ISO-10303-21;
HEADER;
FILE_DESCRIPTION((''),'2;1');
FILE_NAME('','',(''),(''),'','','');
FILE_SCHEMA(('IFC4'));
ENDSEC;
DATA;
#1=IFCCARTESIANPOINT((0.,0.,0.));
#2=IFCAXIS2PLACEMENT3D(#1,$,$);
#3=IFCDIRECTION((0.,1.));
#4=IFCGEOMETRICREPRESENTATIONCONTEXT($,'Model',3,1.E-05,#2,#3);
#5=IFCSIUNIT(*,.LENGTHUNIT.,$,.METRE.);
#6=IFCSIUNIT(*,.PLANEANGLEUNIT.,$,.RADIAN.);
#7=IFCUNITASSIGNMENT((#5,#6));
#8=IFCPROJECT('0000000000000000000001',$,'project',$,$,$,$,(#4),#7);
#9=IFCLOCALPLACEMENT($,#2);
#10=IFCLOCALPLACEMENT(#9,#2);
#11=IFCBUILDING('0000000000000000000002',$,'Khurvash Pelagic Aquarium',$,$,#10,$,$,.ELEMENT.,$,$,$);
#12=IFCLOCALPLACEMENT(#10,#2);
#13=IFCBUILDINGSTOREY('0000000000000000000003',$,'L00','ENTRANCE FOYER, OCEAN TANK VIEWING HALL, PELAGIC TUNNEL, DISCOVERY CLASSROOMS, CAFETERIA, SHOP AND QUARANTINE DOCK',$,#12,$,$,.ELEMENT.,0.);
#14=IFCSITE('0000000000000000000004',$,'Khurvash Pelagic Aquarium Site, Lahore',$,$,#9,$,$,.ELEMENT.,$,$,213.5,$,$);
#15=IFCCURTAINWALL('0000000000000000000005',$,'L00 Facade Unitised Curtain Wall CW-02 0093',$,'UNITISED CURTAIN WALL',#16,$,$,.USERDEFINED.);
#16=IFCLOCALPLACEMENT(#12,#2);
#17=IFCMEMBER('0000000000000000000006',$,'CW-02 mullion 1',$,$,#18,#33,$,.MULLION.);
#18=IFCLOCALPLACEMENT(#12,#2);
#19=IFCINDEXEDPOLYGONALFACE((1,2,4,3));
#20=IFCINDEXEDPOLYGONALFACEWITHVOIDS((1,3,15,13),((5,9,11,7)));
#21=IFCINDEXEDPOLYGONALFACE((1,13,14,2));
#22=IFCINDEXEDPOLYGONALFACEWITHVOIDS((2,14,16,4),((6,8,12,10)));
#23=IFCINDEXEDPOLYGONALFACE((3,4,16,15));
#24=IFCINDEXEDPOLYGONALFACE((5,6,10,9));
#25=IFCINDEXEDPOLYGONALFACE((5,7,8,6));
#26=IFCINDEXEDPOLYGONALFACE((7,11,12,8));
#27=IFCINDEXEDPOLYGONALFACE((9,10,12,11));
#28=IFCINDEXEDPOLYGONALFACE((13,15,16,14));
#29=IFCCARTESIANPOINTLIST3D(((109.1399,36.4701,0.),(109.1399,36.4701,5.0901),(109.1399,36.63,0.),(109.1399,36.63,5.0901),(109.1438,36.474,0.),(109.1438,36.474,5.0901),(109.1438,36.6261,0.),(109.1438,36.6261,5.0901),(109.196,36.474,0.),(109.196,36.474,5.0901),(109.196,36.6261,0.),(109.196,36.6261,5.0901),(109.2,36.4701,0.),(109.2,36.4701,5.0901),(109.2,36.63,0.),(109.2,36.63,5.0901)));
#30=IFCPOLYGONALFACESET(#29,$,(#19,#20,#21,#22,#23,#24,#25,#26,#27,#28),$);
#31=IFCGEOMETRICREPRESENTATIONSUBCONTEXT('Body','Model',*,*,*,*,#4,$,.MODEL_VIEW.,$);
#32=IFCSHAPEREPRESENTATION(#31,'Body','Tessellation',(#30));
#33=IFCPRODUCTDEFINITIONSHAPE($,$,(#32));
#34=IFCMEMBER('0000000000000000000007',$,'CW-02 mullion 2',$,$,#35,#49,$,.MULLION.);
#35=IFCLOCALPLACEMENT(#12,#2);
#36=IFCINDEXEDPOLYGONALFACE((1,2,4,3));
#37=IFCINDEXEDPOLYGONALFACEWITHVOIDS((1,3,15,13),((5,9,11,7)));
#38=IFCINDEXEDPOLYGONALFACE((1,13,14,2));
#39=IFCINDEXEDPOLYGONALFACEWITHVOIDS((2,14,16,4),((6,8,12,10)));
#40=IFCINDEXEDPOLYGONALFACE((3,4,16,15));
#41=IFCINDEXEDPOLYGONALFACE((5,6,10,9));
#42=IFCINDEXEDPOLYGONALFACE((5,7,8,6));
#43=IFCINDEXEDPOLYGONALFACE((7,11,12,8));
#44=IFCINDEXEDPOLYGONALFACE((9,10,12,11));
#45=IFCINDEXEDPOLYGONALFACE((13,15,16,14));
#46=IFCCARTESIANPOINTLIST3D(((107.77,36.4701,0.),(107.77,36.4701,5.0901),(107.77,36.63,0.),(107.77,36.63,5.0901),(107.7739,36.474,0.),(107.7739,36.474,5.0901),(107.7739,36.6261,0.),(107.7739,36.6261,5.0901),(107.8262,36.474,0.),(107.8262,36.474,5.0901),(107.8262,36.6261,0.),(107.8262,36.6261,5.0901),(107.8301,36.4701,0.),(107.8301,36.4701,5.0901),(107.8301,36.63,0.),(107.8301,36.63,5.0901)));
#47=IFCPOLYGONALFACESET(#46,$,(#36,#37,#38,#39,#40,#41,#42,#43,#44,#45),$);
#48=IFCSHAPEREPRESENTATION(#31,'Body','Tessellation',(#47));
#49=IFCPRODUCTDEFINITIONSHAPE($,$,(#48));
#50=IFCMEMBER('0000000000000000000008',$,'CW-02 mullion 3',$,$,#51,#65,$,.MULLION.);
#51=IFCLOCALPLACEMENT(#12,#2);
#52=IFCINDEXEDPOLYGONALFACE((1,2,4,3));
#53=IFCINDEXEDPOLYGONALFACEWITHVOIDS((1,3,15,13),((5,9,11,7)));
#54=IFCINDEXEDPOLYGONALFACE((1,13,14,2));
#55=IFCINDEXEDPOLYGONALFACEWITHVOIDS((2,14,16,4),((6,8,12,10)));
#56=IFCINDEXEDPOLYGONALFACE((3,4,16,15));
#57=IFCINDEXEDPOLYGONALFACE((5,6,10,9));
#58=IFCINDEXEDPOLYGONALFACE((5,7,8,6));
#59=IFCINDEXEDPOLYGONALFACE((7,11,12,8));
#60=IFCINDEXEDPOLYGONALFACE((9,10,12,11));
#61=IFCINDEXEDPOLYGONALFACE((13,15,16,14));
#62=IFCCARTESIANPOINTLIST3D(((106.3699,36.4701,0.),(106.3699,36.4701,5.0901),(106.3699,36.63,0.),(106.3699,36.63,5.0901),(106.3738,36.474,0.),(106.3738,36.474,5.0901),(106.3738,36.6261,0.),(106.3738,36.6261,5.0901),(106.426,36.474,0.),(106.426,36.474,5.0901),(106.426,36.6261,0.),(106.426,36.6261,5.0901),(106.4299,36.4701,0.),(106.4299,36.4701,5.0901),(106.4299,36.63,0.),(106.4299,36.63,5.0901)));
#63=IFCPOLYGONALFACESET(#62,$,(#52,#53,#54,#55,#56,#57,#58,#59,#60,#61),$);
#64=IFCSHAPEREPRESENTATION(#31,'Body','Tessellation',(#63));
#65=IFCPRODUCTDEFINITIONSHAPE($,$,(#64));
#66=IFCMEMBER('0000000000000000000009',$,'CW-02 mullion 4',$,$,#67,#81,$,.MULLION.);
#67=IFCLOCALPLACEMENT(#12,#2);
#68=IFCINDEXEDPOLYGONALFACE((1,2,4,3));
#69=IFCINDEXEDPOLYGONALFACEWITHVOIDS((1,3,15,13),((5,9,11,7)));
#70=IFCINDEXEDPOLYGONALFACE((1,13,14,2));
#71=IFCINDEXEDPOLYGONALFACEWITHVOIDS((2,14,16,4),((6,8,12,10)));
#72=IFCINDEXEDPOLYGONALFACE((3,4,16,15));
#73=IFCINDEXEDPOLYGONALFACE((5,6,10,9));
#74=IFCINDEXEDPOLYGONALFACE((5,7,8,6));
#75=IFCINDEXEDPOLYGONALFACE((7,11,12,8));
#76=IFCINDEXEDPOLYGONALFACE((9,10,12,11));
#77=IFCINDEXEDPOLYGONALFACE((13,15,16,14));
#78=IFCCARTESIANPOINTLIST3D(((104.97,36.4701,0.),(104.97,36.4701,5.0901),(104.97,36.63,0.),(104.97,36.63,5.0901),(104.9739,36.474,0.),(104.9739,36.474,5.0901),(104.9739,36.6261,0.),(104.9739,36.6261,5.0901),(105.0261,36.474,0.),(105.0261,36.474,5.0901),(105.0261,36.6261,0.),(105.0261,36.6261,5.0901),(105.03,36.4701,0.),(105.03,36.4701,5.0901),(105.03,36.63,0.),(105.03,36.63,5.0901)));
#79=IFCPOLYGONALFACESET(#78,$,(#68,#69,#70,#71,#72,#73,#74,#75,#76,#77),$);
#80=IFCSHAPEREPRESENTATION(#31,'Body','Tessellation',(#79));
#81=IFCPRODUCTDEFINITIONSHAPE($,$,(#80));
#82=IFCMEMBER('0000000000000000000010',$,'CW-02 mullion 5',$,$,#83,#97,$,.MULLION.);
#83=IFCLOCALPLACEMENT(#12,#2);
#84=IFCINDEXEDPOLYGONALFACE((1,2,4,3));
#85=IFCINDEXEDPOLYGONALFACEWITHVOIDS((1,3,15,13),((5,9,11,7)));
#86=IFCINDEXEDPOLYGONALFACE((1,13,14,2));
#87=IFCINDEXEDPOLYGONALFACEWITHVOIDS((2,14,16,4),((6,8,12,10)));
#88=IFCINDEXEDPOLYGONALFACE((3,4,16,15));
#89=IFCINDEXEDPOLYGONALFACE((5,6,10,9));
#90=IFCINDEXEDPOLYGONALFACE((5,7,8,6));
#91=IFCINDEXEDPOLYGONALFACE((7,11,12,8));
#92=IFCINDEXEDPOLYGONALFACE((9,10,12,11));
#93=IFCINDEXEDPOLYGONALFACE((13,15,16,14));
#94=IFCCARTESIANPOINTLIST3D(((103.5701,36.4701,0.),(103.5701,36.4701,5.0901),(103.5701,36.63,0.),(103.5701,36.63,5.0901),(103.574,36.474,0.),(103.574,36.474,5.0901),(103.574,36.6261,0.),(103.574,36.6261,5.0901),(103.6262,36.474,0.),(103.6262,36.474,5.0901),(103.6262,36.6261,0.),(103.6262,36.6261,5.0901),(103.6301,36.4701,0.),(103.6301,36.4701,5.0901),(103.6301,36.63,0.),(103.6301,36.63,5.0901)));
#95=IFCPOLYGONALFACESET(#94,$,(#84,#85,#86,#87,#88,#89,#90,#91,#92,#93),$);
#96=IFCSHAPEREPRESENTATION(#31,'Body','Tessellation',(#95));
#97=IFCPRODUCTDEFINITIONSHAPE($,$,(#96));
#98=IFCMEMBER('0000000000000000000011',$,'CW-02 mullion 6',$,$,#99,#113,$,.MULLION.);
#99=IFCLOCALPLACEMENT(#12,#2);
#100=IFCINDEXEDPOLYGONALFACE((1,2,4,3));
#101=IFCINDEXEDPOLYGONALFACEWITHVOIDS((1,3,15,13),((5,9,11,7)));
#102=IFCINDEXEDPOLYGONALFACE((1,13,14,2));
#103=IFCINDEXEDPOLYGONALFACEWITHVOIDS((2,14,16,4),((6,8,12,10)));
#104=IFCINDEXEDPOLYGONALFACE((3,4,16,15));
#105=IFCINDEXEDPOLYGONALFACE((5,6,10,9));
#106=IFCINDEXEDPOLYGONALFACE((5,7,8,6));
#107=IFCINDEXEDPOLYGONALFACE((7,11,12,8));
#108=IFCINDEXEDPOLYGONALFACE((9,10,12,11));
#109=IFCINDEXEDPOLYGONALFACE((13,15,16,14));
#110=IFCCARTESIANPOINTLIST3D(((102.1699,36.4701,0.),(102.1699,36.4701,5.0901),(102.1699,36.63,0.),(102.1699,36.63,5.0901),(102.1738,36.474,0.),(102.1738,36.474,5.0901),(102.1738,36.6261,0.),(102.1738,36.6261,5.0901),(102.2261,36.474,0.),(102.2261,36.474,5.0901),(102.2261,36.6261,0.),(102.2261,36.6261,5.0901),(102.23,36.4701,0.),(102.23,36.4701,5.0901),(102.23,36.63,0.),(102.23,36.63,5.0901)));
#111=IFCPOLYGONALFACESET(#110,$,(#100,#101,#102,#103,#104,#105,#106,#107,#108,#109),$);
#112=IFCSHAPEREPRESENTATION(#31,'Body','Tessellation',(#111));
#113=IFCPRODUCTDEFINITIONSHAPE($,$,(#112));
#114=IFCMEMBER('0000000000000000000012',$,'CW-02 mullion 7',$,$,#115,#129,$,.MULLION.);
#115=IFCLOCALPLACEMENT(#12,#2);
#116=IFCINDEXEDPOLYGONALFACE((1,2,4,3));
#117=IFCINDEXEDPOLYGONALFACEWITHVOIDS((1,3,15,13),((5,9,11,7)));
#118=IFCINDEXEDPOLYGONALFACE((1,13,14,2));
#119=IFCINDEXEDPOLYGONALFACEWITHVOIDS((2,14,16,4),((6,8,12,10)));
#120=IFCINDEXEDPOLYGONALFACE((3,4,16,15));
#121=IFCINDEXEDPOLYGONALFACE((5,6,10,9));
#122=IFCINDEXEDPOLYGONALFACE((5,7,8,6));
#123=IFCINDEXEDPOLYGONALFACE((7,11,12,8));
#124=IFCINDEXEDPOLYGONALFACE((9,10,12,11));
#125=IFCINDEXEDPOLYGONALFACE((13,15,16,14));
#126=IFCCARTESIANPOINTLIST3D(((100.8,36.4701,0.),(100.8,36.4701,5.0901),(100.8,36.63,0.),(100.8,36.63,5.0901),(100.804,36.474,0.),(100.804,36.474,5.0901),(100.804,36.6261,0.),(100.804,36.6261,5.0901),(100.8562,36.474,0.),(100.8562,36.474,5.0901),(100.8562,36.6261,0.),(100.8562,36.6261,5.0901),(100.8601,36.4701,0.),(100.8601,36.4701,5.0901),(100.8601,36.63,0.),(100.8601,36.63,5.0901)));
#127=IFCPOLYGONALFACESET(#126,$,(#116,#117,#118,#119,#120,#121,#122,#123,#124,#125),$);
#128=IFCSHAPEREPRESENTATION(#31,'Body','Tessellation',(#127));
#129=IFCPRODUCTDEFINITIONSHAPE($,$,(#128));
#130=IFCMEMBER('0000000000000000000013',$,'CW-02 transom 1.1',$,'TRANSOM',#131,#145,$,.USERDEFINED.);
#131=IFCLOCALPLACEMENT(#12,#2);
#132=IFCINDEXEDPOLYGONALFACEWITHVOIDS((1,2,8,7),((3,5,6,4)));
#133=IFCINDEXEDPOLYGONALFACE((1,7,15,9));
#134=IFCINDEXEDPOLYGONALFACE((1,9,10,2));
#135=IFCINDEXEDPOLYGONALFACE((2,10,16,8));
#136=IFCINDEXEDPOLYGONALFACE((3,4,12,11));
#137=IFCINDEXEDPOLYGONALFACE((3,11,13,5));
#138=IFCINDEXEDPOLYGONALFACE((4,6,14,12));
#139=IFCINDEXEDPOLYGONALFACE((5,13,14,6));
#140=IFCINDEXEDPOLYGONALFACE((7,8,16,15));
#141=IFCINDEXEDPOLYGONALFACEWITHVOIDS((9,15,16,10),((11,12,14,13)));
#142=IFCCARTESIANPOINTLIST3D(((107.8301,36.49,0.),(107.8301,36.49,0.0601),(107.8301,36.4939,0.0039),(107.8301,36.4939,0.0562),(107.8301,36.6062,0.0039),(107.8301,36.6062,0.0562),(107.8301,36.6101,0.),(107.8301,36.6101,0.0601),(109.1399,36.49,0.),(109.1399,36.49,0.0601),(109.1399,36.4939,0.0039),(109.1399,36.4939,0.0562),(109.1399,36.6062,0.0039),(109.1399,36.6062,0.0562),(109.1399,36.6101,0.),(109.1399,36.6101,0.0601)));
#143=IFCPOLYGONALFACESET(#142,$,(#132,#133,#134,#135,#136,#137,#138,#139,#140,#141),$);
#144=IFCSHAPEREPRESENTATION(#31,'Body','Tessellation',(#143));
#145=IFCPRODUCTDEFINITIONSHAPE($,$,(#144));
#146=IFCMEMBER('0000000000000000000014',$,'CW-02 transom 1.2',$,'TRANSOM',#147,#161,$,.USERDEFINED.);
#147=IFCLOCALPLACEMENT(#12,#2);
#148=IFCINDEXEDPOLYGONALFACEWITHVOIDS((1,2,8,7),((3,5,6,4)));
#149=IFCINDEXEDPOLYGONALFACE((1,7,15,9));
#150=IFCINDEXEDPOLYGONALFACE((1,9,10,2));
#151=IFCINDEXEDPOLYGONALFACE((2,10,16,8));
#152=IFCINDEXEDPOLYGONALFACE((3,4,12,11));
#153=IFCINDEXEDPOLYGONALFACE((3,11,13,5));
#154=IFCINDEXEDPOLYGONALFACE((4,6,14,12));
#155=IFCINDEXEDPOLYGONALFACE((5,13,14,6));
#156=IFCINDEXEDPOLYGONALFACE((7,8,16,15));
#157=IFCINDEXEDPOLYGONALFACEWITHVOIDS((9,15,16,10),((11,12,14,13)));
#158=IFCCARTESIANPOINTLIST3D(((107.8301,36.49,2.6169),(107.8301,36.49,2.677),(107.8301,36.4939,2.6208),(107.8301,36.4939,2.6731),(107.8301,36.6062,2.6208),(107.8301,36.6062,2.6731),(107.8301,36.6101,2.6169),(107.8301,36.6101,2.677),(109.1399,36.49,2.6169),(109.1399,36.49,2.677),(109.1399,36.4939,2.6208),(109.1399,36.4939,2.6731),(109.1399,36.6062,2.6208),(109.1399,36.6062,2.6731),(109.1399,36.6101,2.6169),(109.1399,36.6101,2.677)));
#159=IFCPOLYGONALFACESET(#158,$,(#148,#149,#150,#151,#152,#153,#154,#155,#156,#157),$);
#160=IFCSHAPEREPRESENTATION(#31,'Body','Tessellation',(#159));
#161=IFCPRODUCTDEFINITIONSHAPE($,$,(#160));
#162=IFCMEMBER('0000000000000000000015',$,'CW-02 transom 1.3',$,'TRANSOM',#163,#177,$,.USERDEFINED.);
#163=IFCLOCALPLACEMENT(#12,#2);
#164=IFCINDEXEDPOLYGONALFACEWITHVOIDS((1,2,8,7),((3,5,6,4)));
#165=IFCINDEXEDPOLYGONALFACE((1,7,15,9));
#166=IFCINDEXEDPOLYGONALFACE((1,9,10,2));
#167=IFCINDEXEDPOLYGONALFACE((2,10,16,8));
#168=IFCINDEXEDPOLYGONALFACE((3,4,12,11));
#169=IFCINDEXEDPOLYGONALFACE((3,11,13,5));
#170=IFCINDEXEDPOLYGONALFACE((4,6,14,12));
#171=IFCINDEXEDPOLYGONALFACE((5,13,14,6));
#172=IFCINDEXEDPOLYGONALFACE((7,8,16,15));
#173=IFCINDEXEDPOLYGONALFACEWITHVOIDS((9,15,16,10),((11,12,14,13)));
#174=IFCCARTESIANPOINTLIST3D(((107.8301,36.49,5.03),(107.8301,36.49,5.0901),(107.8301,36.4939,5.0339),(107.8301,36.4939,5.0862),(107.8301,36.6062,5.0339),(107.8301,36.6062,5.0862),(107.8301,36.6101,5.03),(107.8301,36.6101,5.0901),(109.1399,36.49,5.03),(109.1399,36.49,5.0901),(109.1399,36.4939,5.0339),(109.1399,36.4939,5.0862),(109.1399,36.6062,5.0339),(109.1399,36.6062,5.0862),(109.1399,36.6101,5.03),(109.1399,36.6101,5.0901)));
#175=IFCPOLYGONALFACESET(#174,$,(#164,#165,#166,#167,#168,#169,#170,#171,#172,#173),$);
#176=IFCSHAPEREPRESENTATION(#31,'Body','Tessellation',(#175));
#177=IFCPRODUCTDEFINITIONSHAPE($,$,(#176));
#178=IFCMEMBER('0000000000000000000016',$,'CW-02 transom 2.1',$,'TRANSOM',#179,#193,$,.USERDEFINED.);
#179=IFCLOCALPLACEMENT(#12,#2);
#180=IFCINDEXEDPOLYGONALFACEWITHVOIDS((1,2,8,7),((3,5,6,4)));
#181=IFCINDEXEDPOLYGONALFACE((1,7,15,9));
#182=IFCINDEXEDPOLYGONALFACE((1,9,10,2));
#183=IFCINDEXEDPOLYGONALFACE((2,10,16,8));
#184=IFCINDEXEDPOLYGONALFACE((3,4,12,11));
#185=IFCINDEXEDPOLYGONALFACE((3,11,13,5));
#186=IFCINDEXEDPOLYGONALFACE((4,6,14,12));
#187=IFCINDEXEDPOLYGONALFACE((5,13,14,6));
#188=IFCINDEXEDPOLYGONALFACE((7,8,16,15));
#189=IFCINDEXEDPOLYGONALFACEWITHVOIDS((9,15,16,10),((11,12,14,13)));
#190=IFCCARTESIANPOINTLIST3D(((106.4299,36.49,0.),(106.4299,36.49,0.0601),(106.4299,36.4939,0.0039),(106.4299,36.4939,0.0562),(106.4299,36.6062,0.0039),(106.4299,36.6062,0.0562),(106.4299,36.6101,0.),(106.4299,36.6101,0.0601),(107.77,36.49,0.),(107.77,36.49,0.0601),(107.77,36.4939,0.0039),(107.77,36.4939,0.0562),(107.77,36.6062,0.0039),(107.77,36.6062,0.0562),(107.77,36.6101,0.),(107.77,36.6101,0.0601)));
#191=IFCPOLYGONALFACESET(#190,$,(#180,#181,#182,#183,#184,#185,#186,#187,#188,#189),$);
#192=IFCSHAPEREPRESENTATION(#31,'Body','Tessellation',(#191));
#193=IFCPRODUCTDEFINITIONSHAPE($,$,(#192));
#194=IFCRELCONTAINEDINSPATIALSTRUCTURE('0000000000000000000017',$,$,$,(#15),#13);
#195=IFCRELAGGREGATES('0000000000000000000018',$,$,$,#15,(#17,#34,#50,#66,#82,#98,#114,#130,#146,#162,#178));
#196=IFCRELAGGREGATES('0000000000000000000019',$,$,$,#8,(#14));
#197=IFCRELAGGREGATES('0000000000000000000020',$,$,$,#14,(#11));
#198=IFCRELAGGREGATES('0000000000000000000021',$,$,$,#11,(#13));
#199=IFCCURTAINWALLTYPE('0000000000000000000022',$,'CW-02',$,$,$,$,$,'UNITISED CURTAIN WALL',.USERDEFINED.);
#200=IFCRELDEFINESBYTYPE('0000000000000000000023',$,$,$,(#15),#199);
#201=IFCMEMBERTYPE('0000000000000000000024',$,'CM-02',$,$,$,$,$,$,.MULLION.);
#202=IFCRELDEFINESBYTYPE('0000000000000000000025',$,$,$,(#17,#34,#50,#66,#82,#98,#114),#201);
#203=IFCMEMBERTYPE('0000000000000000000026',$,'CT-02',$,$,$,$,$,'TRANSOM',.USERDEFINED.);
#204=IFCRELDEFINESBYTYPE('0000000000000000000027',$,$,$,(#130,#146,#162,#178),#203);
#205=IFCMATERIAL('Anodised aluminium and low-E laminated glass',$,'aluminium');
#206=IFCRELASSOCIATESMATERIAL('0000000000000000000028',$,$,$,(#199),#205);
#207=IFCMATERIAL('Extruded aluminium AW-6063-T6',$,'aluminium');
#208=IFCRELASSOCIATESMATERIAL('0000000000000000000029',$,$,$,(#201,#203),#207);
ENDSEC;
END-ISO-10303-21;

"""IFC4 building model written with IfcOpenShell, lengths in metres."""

from ifc_helpers import new_model, si_unit, direction, frame, origin, origin_2d, place, context, subcontext, project, spatial, hollow_rectangle, extrude, material, material_profile, profile_set, type_object, element, aggregate, save


model = new_model("IFC4")

# Units and contexts
model_context = context("Model", 3, precision=1e-05, world=origin(), true_north=direction((0.0, 1.0)))
body_context = subcontext(model_context, "Body", "Model", "MODEL_VIEW")
ifc_project = project(units=[si_unit("LENGTHUNIT", "METRE"), si_unit("PLANEANGLEUNIT", "RADIAN")], contexts=[model_context])

# Site, building, storey
site_placement = place(None, origin())
site = spatial("IfcSite", under=ifc_project, at=site_placement, Name="Khurvash Pelagic Aquarium Site, Lahore", CompositionType="ELEMENT", RefElevation=213.5)
building_placement = place(site_placement, origin())
building = spatial("IfcBuilding", under=site, at=building_placement, Name="Khurvash Pelagic Aquarium", CompositionType="ELEMENT")
storey_placement = place(building_placement, origin())
storey = spatial("IfcBuildingStorey", under=building, at=storey_placement, Name="L00", Description="ENTRANCE FOYER, OCEAN TANK VIEWING HALL, PELAGIC TUNNEL, DISCOVERY CLASSROOMS, CAFETERIA, SHOP AND QUARANTINE DOCK", CompositionType="ELEMENT", Elevation=0.0)

# Curtain wall, members
ifc_material_1 = material(Name="Anodised aluminium and low-E laminated glass", Category="aluminium")
curtain_wall_type = type_object("IfcCurtainWallType", Name="CW-02", ElementType="UNITISED CURTAIN WALL", PredefinedType="USERDEFINED", material=ifc_material_1)
curtain_wall_placement = place(storey_placement, origin())
curtain_wall = element("IfcCurtainWall", 1, at=curtain_wall_placement, inside=storey, type_object=curtain_wall_type, Name="L00 Facade Unitised Curtain Wall CW-02 0093", ObjectType="UNITISED CURTAIN WALL", PredefinedType="USERDEFINED")
ifc_material_2 = material(Name="Extruded aluminium AW-6063-T6", Category="aluminium")
ifc_material_profile_1 = material_profile(ifc_material_2, hollow_rectangle(XDim=0.0601, YDim=0.1599, WallThickness=0.0039, at=origin_2d()), Name="CWM60X160X4")
ifc_profile_set_1 = profile_set([ifc_material_profile_1], Name="Extruded aluminium AW-6063-T6")
member_type_1 = type_object("IfcMemberType", Name="CM-02", PredefinedType="MULLION", material=ifc_profile_set_1)
member_1_placement = place(storey_placement, frame((109.1699, 36.55, 0.0), z_axis=(0.0, 0.0, 1.0), x_axis=(-1.0, 0.0, 0.0)))
member_1 = element("IfcMember", 2, at=member_1_placement, type_object=member_type_1, Name="CW-02 mullion 1", PredefinedType="MULLION", context=body_context, shape_type="SweptSolid", body=[
    extrude(hollow_rectangle(XDim=0.0601, YDim=0.1599, WallThickness=0.0039, at=origin_2d()), origin(), (0.0, 0.0, 1.0), 5.0901),
])
member_2_placement = place(storey_placement, frame((107.8, 36.55, 0.0), z_axis=(0.0, 0.0, 1.0), x_axis=(-1.0, 0.0, 0.0)))
member_2 = element("IfcMember", 3, at=member_2_placement, type_object=member_type_1, Name="CW-02 mullion 2", PredefinedType="MULLION", context=body_context, shape_type="SweptSolid", body=[
    extrude(hollow_rectangle(XDim=0.0601, YDim=0.1599, WallThickness=0.0039, at=origin_2d()), origin(), (0.0, 0.0, 1.0), 5.0901),
])
member_3_placement = place(storey_placement, frame((106.3999, 36.55, 0.0), z_axis=(0.0, 0.0, 1.0), x_axis=(-1.0, 0.0, 0.0)))
member_3 = element("IfcMember", 4, at=member_3_placement, type_object=member_type_1, Name="CW-02 mullion 3", PredefinedType="MULLION", context=body_context, shape_type="SweptSolid", body=[
    extrude(hollow_rectangle(XDim=0.0601, YDim=0.1599, WallThickness=0.0039, at=origin_2d()), origin(), (0.0, 0.0, 1.0), 5.0901),
])
member_4_placement = place(storey_placement, frame((105.0, 36.55, 0.0), z_axis=(0.0, 0.0, 1.0), x_axis=(-1.0, 0.0, 0.0)))
member_4 = element("IfcMember", 5, at=member_4_placement, type_object=member_type_1, Name="CW-02 mullion 4", PredefinedType="MULLION", context=body_context, shape_type="SweptSolid", body=[
    extrude(hollow_rectangle(XDim=0.0601, YDim=0.1599, WallThickness=0.0039, at=origin_2d()), origin(), (0.0, 0.0, 1.0), 5.0901),
])
member_5_placement = place(storey_placement, frame((103.6001, 36.55, 0.0), z_axis=(0.0, 0.0, 1.0), x_axis=(-1.0, 0.0, 0.0)))
member_5 = element("IfcMember", 6, at=member_5_placement, type_object=member_type_1, Name="CW-02 mullion 5", PredefinedType="MULLION", context=body_context, shape_type="SweptSolid", body=[
    extrude(hollow_rectangle(XDim=0.0601, YDim=0.1599, WallThickness=0.0039, at=origin_2d()), origin(), (0.0, 0.0, 1.0), 5.0901),
])
member_6_placement = place(storey_placement, frame((102.2, 36.55, 0.0), z_axis=(0.0, 0.0, 1.0), x_axis=(-1.0, 0.0, 0.0)))
member_6 = element("IfcMember", 7, at=member_6_placement, type_object=member_type_1, Name="CW-02 mullion 6", PredefinedType="MULLION", context=body_context, shape_type="SweptSolid", body=[
    extrude(hollow_rectangle(XDim=0.0601, YDim=0.1599, WallThickness=0.0039, at=origin_2d()), origin(), (0.0, 0.0, 1.0), 5.0901),
])
member_7_placement = place(storey_placement, frame((100.8301, 36.55, 0.0), z_axis=(0.0, 0.0, 1.0), x_axis=(-1.0, 0.0, 0.0)))
member_7 = element("IfcMember", 8, at=member_7_placement, type_object=member_type_1, Name="CW-02 mullion 7", PredefinedType="MULLION", context=body_context, shape_type="SweptSolid", body=[
    extrude(hollow_rectangle(XDim=0.0601, YDim=0.1599, WallThickness=0.0039, at=origin_2d()), origin(), (0.0, 0.0, 1.0), 5.0901),
])
ifc_material_profile_2 = material_profile(ifc_material_2, hollow_rectangle(XDim=0.1201, YDim=0.0601, WallThickness=0.0039, at=origin_2d()), Name="CWT120X60X4")
ifc_profile_set_2 = profile_set([ifc_material_profile_2], Name="Extruded aluminium AW-6063-T6")
member_type_2 = type_object("IfcMemberType", Name="CT-02", ElementType="TRANSOM", PredefinedType="USERDEFINED", material=ifc_profile_set_2)
member_8_placement = place(storey_placement, frame((109.1399, 36.55, 0.03), z_axis=(-1.0, 0.0, 0.0), x_axis=(0.0, -1.0, 0.0)))
member_8 = element("IfcMember", 9, at=member_8_placement, type_object=member_type_2, Name="CW-02 transom 1.1", ObjectType="TRANSOM", PredefinedType="USERDEFINED", context=body_context, shape_type="SweptSolid", body=[
    extrude(hollow_rectangle(XDim=0.1201, YDim=0.0601, WallThickness=0.0039, at=origin_2d()), origin(), (0.0, 0.0, 1.0), 1.3098),
])
member_9_placement = place(storey_placement, frame((109.1399, 36.55, 2.647), z_axis=(-1.0, 0.0, 0.0), x_axis=(0.0, -1.0, 0.0)))
member_9 = element("IfcMember", 10, at=member_9_placement, type_object=member_type_2, Name="CW-02 transom 1.2", ObjectType="TRANSOM", PredefinedType="USERDEFINED", context=body_context, shape_type="SweptSolid", body=[
    extrude(hollow_rectangle(XDim=0.1201, YDim=0.0601, WallThickness=0.0039, at=origin_2d()), origin(), (0.0, 0.0, 1.0), 1.3098),
])
member_10_placement = place(storey_placement, frame((109.1399, 36.55, 5.0601), z_axis=(-1.0, 0.0, 0.0), x_axis=(0.0, -1.0, 0.0)))
member_10 = element("IfcMember", 11, at=member_10_placement, type_object=member_type_2, Name="CW-02 transom 1.3", ObjectType="TRANSOM", PredefinedType="USERDEFINED", context=body_context, shape_type="SweptSolid", body=[
    extrude(hollow_rectangle(XDim=0.1201, YDim=0.0601, WallThickness=0.0039, at=origin_2d()), origin(), (0.0, 0.0, 1.0), 1.3098),
])
member_11_placement = place(storey_placement, frame((107.77, 36.55, 0.03), z_axis=(-1.0, 0.0, 0.0), x_axis=(0.0, -1.0, 0.0)))
member_11 = element("IfcMember", 12, at=member_11_placement, type_object=member_type_2, Name="CW-02 transom 2.1", ObjectType="TRANSOM", PredefinedType="USERDEFINED", context=body_context, shape_type="SweptSolid", body=[
    extrude(hollow_rectangle(XDim=0.1201, YDim=0.0601, WallThickness=0.0039, at=origin_2d()), origin(), (0.0, 0.0, 1.0), 1.3401),
])
aggregate(curtain_wall, [member_1, member_2, member_3, member_4, member_5, member_6, member_7, member_8, member_9, member_10, member_11])

save(model, "model.ifc")
